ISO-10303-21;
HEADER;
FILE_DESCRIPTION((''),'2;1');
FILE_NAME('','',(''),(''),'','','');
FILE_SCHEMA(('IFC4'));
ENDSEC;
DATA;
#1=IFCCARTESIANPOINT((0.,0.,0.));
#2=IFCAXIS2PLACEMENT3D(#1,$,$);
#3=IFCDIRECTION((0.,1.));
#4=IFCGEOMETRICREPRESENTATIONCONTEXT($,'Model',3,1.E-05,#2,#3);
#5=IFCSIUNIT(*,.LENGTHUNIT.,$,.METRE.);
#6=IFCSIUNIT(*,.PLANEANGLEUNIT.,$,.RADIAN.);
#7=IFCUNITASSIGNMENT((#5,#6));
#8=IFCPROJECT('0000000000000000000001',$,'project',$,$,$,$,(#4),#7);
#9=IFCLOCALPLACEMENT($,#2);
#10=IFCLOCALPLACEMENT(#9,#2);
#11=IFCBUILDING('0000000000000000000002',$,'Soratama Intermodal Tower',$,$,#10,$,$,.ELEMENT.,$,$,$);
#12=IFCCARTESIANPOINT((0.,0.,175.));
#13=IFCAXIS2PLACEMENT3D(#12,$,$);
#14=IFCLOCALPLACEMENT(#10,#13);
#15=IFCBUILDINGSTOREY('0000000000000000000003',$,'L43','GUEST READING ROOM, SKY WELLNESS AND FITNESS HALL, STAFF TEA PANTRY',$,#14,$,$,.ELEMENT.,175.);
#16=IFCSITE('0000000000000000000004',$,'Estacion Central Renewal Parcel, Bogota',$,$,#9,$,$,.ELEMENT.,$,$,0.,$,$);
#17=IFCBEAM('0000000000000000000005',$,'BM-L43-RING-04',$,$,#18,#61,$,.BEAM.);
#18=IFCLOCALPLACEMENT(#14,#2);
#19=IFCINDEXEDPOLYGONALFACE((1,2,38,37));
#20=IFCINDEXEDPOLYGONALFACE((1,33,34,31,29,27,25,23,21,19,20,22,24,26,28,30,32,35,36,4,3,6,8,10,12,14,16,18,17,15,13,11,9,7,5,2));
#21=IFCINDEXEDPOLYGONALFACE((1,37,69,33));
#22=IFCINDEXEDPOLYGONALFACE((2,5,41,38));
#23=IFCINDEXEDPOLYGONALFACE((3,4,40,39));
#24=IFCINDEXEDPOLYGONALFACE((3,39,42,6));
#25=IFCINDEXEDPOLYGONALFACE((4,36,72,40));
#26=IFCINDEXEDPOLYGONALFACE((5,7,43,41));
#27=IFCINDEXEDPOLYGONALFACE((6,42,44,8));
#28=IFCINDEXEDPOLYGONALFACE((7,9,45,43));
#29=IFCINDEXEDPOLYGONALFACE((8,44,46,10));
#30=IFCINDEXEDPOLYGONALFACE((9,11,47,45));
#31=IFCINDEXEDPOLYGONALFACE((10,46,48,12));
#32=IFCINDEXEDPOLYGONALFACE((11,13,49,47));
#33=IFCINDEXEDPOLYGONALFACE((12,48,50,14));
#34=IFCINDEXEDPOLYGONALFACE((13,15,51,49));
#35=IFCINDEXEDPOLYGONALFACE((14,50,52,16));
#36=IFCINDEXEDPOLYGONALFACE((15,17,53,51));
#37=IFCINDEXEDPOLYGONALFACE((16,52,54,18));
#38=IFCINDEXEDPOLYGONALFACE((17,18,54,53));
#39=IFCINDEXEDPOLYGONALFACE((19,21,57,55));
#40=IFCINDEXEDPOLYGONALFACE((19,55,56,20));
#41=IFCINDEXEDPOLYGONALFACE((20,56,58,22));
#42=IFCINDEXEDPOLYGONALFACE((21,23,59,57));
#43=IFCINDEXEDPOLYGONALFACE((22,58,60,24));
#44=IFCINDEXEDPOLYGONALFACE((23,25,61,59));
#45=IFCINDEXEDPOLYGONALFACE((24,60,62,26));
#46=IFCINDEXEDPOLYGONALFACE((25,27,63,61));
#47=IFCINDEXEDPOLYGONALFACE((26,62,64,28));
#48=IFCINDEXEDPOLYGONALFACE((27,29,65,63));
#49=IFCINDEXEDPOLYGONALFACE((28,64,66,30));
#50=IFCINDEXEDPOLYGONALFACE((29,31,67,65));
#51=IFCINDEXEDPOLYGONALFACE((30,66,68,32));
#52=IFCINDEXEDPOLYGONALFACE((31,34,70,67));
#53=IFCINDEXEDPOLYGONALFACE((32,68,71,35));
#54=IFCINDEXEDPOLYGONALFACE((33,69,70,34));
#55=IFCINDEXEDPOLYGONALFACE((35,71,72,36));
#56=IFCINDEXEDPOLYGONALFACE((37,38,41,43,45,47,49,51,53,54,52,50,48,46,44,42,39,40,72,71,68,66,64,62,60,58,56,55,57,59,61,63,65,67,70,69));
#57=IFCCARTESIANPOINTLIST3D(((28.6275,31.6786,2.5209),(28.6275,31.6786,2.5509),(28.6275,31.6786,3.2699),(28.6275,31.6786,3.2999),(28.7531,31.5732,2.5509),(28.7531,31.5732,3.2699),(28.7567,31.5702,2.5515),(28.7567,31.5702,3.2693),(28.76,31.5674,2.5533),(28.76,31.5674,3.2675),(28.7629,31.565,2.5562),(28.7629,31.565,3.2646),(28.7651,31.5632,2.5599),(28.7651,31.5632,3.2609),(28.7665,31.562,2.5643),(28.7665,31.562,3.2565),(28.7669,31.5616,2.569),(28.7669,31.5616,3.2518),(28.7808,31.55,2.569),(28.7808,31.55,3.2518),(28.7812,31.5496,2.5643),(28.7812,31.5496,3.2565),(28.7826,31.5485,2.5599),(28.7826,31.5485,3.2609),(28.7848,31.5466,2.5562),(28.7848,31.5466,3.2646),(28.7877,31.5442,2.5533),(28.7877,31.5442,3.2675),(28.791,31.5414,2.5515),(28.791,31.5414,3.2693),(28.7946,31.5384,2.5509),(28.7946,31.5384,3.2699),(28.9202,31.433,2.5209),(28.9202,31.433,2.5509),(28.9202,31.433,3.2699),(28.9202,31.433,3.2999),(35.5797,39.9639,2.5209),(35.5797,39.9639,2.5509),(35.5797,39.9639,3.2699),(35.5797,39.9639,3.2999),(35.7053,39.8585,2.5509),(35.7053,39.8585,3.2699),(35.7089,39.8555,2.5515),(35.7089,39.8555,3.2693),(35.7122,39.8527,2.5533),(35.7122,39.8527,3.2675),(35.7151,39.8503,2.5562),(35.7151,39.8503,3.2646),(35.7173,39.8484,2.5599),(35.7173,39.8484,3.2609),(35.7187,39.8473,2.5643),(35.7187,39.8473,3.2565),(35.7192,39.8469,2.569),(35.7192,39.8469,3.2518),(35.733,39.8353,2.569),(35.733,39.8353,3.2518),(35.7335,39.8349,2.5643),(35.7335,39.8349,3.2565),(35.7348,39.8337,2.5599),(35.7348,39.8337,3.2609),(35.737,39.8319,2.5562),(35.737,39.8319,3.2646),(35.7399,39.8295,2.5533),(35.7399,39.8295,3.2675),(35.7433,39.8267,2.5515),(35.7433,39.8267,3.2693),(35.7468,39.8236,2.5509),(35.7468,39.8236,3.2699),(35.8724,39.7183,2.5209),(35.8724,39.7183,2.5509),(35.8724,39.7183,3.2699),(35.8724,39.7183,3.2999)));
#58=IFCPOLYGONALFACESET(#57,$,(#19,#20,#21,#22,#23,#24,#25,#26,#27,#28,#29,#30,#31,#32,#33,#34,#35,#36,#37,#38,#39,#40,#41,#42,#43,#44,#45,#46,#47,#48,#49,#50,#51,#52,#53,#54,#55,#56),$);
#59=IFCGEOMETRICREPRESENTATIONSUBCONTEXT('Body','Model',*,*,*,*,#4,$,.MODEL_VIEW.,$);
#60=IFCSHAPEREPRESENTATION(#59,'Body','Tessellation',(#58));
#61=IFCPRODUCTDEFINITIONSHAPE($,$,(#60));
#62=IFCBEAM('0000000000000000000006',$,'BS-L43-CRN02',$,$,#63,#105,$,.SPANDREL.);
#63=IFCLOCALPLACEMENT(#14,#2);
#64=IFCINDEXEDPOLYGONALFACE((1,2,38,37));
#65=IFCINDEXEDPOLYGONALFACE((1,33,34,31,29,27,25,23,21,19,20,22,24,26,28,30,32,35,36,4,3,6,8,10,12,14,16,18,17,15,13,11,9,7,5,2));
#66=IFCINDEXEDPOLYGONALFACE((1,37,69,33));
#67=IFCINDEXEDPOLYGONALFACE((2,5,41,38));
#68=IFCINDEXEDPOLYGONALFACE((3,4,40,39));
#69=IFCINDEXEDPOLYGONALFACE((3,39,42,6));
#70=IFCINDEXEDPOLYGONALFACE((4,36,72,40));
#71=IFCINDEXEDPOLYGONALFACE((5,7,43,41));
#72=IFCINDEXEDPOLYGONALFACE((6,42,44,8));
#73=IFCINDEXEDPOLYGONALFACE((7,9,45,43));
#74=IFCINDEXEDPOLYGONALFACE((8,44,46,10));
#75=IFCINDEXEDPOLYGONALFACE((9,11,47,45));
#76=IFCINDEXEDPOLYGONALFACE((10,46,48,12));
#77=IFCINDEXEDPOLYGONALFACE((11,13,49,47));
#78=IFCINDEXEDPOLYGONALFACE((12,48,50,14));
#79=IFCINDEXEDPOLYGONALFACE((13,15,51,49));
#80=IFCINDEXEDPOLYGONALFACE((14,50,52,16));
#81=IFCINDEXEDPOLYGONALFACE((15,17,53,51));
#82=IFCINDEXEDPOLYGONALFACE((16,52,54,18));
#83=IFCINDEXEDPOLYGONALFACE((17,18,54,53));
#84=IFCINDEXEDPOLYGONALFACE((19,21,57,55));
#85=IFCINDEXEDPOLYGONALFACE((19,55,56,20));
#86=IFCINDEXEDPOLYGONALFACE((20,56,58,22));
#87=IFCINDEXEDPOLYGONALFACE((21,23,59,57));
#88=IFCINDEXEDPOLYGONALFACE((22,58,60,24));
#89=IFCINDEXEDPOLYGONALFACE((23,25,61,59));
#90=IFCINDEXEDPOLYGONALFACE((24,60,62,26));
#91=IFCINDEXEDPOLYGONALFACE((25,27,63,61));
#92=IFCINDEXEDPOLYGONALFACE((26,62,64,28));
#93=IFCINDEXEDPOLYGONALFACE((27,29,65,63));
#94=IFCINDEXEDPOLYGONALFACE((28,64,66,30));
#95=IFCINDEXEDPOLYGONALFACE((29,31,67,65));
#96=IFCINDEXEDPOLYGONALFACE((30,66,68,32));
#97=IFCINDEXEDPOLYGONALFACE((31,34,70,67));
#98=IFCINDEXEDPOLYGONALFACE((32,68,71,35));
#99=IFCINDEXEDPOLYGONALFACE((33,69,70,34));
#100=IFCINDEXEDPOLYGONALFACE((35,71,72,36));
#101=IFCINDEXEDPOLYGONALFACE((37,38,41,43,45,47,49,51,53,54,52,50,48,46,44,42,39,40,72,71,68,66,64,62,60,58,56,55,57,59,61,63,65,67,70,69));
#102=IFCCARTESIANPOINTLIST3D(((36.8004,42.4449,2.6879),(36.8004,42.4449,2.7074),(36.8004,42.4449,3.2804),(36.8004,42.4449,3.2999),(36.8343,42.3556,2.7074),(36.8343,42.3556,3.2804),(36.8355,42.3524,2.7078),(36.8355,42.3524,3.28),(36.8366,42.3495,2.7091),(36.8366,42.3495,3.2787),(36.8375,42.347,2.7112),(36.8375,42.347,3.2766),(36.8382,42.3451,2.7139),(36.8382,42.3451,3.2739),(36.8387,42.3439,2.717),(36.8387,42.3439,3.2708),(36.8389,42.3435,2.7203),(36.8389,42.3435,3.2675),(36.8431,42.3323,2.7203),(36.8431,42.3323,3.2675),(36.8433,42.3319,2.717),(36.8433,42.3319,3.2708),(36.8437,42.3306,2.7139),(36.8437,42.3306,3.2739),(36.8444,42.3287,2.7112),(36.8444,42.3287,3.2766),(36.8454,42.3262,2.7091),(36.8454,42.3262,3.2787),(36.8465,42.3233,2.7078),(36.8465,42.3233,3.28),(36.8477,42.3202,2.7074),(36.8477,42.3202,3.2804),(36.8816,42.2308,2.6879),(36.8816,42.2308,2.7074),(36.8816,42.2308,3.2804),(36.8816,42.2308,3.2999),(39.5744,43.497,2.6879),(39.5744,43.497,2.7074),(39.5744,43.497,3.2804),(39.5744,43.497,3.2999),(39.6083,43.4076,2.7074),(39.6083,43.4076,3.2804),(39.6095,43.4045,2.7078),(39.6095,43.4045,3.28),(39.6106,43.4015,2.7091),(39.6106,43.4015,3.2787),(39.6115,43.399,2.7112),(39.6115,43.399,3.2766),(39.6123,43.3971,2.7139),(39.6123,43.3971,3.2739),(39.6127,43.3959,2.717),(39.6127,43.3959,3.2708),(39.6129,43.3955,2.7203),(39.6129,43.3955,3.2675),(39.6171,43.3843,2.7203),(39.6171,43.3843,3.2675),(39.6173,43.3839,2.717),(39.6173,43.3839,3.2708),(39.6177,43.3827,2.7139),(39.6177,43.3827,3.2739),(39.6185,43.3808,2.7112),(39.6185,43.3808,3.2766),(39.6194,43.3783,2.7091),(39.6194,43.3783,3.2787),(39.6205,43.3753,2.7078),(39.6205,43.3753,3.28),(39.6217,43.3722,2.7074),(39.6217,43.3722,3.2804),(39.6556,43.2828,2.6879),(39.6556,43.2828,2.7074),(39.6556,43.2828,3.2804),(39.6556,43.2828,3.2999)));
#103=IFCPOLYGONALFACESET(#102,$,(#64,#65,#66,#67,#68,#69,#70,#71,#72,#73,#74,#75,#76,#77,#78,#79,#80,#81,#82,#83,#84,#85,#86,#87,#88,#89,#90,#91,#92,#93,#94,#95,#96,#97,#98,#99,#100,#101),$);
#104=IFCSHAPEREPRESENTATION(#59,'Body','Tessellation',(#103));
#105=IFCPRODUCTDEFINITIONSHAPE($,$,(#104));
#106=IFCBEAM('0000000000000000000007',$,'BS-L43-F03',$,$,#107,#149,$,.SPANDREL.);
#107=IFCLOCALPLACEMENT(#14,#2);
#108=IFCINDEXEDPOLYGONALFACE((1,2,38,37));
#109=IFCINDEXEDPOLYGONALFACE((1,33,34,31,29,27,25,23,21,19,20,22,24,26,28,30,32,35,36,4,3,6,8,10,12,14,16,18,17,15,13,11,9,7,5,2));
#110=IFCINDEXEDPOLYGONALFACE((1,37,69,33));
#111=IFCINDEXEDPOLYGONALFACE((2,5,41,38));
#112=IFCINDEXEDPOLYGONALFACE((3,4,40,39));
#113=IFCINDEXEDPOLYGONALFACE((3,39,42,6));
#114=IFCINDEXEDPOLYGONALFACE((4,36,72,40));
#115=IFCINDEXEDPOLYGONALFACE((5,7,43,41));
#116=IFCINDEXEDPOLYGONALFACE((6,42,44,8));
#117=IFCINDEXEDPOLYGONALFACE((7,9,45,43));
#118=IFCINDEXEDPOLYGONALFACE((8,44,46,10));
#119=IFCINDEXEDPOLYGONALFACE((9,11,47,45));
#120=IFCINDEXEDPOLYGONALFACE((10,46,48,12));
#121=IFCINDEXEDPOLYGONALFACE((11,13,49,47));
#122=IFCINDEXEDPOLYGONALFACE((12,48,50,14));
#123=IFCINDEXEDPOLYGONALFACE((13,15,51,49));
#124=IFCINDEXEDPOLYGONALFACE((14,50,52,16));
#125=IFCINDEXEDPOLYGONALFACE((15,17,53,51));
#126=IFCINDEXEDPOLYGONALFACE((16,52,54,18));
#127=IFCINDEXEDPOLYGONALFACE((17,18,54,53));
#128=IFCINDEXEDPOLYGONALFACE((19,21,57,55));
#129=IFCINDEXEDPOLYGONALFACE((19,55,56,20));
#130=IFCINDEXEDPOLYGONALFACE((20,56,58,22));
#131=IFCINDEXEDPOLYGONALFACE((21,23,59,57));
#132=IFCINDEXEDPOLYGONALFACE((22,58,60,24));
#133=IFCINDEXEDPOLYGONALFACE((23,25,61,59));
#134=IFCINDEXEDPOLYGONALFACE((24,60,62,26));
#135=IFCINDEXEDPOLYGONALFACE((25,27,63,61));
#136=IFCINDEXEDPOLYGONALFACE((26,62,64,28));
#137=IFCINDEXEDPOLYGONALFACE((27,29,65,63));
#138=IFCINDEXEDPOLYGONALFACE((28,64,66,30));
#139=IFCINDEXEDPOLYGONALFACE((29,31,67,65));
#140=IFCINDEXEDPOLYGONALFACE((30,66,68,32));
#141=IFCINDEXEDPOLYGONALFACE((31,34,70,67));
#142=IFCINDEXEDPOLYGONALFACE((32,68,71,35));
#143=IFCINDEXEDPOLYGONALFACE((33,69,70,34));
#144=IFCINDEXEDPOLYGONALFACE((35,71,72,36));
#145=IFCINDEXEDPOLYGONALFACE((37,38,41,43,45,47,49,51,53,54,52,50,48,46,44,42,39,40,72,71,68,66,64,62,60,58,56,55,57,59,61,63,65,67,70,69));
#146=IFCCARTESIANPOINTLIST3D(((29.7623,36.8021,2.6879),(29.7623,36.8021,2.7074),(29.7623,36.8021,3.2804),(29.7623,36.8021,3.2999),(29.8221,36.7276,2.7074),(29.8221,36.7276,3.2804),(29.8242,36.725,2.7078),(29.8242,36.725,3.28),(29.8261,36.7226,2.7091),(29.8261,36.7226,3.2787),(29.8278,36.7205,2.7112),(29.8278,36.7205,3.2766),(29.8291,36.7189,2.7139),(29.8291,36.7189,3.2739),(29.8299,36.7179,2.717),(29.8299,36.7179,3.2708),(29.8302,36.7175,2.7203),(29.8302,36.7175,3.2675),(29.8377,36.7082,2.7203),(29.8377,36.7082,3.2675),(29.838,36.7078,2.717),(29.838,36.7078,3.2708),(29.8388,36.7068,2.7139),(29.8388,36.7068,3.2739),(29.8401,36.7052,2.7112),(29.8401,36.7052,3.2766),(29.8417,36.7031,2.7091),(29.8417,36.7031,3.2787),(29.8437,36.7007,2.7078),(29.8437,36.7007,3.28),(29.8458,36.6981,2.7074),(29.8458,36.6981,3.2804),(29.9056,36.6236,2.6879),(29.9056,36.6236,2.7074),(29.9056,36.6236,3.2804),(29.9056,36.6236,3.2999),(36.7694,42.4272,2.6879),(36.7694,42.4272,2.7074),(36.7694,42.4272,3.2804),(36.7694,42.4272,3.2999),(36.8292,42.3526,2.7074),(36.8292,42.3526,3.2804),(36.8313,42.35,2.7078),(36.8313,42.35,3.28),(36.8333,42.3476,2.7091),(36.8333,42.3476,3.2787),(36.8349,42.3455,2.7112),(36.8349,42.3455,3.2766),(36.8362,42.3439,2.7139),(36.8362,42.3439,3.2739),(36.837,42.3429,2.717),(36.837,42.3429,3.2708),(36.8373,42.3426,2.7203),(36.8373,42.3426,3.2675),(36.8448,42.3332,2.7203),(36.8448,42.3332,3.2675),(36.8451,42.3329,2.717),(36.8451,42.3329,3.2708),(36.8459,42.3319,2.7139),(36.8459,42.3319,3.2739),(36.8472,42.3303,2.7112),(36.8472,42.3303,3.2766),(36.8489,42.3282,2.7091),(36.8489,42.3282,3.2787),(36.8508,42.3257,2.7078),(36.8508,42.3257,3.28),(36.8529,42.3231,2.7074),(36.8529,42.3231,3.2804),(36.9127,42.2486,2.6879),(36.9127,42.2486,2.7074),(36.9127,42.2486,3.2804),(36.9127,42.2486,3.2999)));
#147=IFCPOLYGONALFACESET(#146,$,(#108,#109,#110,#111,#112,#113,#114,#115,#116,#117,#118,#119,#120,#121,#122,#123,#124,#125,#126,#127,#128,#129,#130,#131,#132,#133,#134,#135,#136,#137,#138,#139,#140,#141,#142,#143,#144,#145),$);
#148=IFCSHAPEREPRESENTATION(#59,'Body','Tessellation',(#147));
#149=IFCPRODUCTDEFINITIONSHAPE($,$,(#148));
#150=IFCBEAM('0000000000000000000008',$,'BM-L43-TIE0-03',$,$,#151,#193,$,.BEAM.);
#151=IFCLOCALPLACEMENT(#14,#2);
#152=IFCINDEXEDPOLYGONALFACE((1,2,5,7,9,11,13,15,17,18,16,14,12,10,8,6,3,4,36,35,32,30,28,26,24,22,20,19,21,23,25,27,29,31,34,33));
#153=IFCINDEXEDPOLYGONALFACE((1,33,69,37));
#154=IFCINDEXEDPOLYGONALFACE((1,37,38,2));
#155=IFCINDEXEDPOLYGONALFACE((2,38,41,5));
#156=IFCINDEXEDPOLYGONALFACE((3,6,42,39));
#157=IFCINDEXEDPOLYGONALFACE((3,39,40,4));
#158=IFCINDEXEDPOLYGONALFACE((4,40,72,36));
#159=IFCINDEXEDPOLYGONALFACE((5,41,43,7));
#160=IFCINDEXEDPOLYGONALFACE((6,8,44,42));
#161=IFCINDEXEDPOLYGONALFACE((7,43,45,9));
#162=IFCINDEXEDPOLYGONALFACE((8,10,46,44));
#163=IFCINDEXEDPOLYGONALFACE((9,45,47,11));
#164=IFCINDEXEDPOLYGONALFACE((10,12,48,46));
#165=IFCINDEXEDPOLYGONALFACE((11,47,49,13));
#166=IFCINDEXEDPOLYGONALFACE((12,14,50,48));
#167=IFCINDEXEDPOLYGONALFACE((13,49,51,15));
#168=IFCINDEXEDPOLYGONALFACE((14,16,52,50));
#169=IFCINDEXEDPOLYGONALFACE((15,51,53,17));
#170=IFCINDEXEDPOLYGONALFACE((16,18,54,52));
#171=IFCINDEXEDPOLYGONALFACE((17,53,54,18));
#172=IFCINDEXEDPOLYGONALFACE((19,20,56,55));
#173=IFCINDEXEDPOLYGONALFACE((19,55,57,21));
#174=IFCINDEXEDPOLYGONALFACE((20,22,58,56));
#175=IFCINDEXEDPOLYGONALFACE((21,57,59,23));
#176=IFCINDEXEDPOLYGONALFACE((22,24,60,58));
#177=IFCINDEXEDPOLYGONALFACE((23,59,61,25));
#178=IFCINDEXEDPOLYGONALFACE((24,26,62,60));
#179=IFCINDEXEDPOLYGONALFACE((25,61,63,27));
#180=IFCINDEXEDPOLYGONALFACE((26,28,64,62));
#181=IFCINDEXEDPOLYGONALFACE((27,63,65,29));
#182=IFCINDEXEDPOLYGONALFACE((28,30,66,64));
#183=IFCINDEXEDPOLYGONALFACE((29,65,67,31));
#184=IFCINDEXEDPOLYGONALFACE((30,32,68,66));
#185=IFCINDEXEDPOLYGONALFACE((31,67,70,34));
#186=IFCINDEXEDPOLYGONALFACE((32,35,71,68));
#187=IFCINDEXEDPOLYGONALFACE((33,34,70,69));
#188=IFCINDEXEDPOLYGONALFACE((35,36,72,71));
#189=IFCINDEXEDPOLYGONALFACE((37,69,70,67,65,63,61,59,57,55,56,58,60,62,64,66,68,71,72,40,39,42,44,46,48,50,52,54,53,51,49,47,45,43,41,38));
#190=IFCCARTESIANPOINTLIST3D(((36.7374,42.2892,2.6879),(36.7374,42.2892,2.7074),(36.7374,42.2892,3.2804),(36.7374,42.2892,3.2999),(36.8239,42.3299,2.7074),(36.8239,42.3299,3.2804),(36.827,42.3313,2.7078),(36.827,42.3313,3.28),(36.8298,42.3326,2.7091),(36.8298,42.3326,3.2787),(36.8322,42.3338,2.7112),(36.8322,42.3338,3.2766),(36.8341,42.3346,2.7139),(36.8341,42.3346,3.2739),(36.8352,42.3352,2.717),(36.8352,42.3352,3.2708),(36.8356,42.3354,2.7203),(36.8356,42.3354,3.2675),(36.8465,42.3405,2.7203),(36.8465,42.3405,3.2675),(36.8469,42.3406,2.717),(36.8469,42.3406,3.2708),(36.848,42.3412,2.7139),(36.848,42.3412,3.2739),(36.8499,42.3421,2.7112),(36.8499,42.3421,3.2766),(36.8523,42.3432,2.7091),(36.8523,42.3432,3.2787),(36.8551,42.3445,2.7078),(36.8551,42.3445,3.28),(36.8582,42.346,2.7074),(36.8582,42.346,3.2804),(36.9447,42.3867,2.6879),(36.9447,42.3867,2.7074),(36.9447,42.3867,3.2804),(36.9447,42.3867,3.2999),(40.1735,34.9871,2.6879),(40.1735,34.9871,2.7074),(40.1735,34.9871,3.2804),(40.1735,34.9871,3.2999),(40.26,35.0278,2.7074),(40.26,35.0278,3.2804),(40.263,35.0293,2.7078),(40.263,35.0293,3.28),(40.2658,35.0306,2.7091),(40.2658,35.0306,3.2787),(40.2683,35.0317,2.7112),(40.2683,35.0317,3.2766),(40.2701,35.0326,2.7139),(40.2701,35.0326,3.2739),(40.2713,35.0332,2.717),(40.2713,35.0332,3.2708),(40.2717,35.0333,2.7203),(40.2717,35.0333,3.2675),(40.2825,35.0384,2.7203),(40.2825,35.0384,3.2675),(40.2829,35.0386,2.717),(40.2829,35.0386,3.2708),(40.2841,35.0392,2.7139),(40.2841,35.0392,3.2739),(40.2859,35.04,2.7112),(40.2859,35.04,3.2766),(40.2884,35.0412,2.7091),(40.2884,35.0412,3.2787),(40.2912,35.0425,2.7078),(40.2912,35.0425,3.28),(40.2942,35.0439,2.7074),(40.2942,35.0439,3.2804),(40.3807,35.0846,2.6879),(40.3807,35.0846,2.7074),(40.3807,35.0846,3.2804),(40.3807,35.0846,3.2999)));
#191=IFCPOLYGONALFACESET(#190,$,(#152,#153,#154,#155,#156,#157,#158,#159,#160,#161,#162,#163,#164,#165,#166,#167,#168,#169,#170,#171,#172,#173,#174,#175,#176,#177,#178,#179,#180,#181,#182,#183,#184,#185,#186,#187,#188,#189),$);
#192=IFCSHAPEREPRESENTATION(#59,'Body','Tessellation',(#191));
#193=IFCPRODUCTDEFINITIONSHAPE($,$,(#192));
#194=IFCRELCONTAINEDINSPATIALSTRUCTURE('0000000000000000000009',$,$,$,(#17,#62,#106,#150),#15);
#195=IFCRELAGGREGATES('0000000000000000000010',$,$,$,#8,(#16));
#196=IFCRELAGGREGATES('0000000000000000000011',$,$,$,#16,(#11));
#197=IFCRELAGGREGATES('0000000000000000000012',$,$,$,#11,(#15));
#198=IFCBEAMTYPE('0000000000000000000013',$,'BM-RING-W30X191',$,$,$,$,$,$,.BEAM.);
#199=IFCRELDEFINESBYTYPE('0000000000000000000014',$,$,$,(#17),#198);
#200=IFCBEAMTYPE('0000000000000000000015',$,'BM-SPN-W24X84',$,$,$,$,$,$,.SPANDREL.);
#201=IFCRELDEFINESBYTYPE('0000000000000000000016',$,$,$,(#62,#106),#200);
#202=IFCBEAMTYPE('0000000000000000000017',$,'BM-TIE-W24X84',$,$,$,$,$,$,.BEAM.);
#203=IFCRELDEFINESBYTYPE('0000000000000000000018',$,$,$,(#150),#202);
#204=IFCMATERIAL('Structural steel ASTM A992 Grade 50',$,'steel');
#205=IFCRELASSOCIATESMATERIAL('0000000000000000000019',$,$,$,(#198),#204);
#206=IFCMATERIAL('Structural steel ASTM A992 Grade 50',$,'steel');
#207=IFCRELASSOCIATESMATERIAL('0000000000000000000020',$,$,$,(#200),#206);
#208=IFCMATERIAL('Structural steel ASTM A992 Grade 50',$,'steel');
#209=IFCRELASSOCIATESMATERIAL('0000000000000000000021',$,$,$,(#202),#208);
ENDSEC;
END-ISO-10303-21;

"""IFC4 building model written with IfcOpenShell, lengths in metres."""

from ifc_helpers import new_model, si_unit, direction, frame, origin, origin_2d, place, context, subcontext, project, spatial, i_section, extrude, material, material_profile, profile_set, type_object, element, save


model = new_model("IFC4")

# Units and contexts
model_context = context("Model", 3, precision=1e-05, world=origin(), true_north=direction((0.0, 1.0)))
body_context = subcontext(model_context, "Body", "Model", "MODEL_VIEW")
ifc_project = project(units=[si_unit("LENGTHUNIT", "METRE"), si_unit("PLANEANGLEUNIT", "RADIAN")], contexts=[model_context])

# Site, building, storey
site_placement = place(None, origin())
site = spatial("IfcSite", under=ifc_project, at=site_placement, Name="Estacion Central Renewal Parcel, Bogota", CompositionType="ELEMENT", RefElevation=0.0)
building_placement = place(site_placement, origin())
building = spatial("IfcBuilding", under=site, at=building_placement, Name="Soratama Intermodal Tower", CompositionType="ELEMENT")
storey_placement = place(building_placement, frame((0.0, 0.0, 175.0)))
storey = spatial("IfcBuildingStorey", under=building, at=storey_placement, Name="L43", Description="GUEST READING ROOM, SKY WELLNESS AND FITNESS HALL, STAFF TEA PANTRY", CompositionType="ELEMENT", Elevation=175.0)

# Beams
ifc_material_1 = material(Name="Structural steel ASTM A992 Grade 50", Category="steel")
ifc_material_profile_1 = material_profile(ifc_material_1, i_section(OverallWidth=0.3821, OverallDepth=0.7791, WebThickness=0.0181, FlangeThickness=0.03, FilletRadius=0.0181, at=origin_2d()), Name="W30X191")
ifc_profile_set_1 = profile_set([ifc_material_profile_1], Name="Structural steel ASTM A992 Grade 50")
beam_type_1 = type_object("IfcBeamType", Name="BM-RING-W30X191", PredefinedType="BEAM", material=ifc_profile_set_1)
beam_1_placement = place(storey_placement, frame((35.7261, 39.8411, 2.9104), z_axis=(-0.642792, -0.766041, 0.0), x_axis=(0.766041, -0.642792, 0.0)))
element("IfcBeam", 1, at=beam_1_placement, inside=storey, type_object=beam_type_1, Name="BM-L43-RING-04", PredefinedType="BEAM", context=body_context, shape_type="SweptSolid", body=[
    extrude(i_section(OverallWidth=0.3821, OverallDepth=0.7791, WebThickness=0.0181, FlangeThickness=0.03, FilletRadius=0.0181, at=origin_2d()), origin(), (0.0, 0.0, 1.0), 10.8157),
])
ifc_material_2 = material(Name="Structural steel ASTM A992 Grade 50", Category="steel")
ifc_material_profile_2 = material_profile(ifc_material_2, i_section(OverallWidth=0.229, OverallDepth=0.6121, WebThickness=0.012, FlangeThickness=0.0195, FilletRadius=0.0129, at=origin_2d()), Name="W24X84")
ifc_profile_set_2 = profile_set([ifc_material_profile_2], Name="Structural steel ASTM A992 Grade 50")
beam_type_2 = type_object("IfcBeamType", Name="BM-SPN-W24X84", PredefinedType="SPANDREL", material=ifc_profile_set_2)
beam_2_placement = place(storey_placement, frame((39.615, 43.3899, 2.9939), z_axis=(-0.935017, -0.354602, 0.0), x_axis=(0.354602, -0.935017, 0.0)))
element("IfcBeam", 2, at=beam_2_placement, inside=storey, type_object=beam_type_2, Name="BS-L43-CRN02", PredefinedType="SPANDREL", context=body_context, shape_type="SweptSolid", body=[
    extrude(i_section(OverallWidth=0.229, OverallDepth=0.6121, WebThickness=0.012, FlangeThickness=0.0195, FilletRadius=0.0129, at=origin_2d()), origin(), (0.0, 0.0, 1.0), 2.9668),
])
beam_3_placement = place(storey_placement, frame((36.8411, 42.3379, 2.9939), z_axis=(-0.779818, -0.626006, 0.0), x_axis=(0.626006, -0.779818, 0.0)))
element("IfcBeam", 3, at=beam_3_placement, inside=storey, type_object=beam_type_2, Name="BS-L43-F03", PredefinedType="SPANDREL", context=body_context, shape_type="SweptSolid", body=[
    extrude(i_section(OverallWidth=0.229, OverallDepth=0.6121, WebThickness=0.012, FlangeThickness=0.0195, FilletRadius=0.0129, at=origin_2d()), origin(), (0.0, 0.0, 1.0), 8.9856),
])
ifc_material_3 = material(Name="Structural steel ASTM A992 Grade 50", Category="steel")
ifc_material_profile_3 = material_profile(ifc_material_3, i_section(OverallWidth=0.229, OverallDepth=0.6121, WebThickness=0.012, FlangeThickness=0.0195, FilletRadius=0.0129, at=origin_2d()), Name="W24X84")
ifc_profile_set_3 = profile_set([ifc_material_profile_3], Name="Structural steel ASTM A992 Grade 50")
beam_type_3 = type_object("IfcBeamType", Name="BM-TIE-W24X84", PredefinedType="BEAM", material=ifc_profile_set_3)
beam_4_placement = place(storey_placement, frame((40.2771, 35.0359, 2.9939), z_axis=(-0.425777, 0.904828, 0.0), x_axis=(-0.904828, -0.425777, 0.0)))
element("IfcBeam", 4, at=beam_4_placement, inside=storey, type_object=beam_type_3, Name="BM-L43-TIE0-03", PredefinedType="BEAM", context=body_context, shape_type="SweptSolid", body=[
    extrude(i_section(OverallWidth=0.229, OverallDepth=0.6121, WebThickness=0.012, FlangeThickness=0.0195, FilletRadius=0.0129, at=origin_2d()), origin(), (0.0, 0.0, 1.0), 8.0701),
])

save(model, "model.ifc")
